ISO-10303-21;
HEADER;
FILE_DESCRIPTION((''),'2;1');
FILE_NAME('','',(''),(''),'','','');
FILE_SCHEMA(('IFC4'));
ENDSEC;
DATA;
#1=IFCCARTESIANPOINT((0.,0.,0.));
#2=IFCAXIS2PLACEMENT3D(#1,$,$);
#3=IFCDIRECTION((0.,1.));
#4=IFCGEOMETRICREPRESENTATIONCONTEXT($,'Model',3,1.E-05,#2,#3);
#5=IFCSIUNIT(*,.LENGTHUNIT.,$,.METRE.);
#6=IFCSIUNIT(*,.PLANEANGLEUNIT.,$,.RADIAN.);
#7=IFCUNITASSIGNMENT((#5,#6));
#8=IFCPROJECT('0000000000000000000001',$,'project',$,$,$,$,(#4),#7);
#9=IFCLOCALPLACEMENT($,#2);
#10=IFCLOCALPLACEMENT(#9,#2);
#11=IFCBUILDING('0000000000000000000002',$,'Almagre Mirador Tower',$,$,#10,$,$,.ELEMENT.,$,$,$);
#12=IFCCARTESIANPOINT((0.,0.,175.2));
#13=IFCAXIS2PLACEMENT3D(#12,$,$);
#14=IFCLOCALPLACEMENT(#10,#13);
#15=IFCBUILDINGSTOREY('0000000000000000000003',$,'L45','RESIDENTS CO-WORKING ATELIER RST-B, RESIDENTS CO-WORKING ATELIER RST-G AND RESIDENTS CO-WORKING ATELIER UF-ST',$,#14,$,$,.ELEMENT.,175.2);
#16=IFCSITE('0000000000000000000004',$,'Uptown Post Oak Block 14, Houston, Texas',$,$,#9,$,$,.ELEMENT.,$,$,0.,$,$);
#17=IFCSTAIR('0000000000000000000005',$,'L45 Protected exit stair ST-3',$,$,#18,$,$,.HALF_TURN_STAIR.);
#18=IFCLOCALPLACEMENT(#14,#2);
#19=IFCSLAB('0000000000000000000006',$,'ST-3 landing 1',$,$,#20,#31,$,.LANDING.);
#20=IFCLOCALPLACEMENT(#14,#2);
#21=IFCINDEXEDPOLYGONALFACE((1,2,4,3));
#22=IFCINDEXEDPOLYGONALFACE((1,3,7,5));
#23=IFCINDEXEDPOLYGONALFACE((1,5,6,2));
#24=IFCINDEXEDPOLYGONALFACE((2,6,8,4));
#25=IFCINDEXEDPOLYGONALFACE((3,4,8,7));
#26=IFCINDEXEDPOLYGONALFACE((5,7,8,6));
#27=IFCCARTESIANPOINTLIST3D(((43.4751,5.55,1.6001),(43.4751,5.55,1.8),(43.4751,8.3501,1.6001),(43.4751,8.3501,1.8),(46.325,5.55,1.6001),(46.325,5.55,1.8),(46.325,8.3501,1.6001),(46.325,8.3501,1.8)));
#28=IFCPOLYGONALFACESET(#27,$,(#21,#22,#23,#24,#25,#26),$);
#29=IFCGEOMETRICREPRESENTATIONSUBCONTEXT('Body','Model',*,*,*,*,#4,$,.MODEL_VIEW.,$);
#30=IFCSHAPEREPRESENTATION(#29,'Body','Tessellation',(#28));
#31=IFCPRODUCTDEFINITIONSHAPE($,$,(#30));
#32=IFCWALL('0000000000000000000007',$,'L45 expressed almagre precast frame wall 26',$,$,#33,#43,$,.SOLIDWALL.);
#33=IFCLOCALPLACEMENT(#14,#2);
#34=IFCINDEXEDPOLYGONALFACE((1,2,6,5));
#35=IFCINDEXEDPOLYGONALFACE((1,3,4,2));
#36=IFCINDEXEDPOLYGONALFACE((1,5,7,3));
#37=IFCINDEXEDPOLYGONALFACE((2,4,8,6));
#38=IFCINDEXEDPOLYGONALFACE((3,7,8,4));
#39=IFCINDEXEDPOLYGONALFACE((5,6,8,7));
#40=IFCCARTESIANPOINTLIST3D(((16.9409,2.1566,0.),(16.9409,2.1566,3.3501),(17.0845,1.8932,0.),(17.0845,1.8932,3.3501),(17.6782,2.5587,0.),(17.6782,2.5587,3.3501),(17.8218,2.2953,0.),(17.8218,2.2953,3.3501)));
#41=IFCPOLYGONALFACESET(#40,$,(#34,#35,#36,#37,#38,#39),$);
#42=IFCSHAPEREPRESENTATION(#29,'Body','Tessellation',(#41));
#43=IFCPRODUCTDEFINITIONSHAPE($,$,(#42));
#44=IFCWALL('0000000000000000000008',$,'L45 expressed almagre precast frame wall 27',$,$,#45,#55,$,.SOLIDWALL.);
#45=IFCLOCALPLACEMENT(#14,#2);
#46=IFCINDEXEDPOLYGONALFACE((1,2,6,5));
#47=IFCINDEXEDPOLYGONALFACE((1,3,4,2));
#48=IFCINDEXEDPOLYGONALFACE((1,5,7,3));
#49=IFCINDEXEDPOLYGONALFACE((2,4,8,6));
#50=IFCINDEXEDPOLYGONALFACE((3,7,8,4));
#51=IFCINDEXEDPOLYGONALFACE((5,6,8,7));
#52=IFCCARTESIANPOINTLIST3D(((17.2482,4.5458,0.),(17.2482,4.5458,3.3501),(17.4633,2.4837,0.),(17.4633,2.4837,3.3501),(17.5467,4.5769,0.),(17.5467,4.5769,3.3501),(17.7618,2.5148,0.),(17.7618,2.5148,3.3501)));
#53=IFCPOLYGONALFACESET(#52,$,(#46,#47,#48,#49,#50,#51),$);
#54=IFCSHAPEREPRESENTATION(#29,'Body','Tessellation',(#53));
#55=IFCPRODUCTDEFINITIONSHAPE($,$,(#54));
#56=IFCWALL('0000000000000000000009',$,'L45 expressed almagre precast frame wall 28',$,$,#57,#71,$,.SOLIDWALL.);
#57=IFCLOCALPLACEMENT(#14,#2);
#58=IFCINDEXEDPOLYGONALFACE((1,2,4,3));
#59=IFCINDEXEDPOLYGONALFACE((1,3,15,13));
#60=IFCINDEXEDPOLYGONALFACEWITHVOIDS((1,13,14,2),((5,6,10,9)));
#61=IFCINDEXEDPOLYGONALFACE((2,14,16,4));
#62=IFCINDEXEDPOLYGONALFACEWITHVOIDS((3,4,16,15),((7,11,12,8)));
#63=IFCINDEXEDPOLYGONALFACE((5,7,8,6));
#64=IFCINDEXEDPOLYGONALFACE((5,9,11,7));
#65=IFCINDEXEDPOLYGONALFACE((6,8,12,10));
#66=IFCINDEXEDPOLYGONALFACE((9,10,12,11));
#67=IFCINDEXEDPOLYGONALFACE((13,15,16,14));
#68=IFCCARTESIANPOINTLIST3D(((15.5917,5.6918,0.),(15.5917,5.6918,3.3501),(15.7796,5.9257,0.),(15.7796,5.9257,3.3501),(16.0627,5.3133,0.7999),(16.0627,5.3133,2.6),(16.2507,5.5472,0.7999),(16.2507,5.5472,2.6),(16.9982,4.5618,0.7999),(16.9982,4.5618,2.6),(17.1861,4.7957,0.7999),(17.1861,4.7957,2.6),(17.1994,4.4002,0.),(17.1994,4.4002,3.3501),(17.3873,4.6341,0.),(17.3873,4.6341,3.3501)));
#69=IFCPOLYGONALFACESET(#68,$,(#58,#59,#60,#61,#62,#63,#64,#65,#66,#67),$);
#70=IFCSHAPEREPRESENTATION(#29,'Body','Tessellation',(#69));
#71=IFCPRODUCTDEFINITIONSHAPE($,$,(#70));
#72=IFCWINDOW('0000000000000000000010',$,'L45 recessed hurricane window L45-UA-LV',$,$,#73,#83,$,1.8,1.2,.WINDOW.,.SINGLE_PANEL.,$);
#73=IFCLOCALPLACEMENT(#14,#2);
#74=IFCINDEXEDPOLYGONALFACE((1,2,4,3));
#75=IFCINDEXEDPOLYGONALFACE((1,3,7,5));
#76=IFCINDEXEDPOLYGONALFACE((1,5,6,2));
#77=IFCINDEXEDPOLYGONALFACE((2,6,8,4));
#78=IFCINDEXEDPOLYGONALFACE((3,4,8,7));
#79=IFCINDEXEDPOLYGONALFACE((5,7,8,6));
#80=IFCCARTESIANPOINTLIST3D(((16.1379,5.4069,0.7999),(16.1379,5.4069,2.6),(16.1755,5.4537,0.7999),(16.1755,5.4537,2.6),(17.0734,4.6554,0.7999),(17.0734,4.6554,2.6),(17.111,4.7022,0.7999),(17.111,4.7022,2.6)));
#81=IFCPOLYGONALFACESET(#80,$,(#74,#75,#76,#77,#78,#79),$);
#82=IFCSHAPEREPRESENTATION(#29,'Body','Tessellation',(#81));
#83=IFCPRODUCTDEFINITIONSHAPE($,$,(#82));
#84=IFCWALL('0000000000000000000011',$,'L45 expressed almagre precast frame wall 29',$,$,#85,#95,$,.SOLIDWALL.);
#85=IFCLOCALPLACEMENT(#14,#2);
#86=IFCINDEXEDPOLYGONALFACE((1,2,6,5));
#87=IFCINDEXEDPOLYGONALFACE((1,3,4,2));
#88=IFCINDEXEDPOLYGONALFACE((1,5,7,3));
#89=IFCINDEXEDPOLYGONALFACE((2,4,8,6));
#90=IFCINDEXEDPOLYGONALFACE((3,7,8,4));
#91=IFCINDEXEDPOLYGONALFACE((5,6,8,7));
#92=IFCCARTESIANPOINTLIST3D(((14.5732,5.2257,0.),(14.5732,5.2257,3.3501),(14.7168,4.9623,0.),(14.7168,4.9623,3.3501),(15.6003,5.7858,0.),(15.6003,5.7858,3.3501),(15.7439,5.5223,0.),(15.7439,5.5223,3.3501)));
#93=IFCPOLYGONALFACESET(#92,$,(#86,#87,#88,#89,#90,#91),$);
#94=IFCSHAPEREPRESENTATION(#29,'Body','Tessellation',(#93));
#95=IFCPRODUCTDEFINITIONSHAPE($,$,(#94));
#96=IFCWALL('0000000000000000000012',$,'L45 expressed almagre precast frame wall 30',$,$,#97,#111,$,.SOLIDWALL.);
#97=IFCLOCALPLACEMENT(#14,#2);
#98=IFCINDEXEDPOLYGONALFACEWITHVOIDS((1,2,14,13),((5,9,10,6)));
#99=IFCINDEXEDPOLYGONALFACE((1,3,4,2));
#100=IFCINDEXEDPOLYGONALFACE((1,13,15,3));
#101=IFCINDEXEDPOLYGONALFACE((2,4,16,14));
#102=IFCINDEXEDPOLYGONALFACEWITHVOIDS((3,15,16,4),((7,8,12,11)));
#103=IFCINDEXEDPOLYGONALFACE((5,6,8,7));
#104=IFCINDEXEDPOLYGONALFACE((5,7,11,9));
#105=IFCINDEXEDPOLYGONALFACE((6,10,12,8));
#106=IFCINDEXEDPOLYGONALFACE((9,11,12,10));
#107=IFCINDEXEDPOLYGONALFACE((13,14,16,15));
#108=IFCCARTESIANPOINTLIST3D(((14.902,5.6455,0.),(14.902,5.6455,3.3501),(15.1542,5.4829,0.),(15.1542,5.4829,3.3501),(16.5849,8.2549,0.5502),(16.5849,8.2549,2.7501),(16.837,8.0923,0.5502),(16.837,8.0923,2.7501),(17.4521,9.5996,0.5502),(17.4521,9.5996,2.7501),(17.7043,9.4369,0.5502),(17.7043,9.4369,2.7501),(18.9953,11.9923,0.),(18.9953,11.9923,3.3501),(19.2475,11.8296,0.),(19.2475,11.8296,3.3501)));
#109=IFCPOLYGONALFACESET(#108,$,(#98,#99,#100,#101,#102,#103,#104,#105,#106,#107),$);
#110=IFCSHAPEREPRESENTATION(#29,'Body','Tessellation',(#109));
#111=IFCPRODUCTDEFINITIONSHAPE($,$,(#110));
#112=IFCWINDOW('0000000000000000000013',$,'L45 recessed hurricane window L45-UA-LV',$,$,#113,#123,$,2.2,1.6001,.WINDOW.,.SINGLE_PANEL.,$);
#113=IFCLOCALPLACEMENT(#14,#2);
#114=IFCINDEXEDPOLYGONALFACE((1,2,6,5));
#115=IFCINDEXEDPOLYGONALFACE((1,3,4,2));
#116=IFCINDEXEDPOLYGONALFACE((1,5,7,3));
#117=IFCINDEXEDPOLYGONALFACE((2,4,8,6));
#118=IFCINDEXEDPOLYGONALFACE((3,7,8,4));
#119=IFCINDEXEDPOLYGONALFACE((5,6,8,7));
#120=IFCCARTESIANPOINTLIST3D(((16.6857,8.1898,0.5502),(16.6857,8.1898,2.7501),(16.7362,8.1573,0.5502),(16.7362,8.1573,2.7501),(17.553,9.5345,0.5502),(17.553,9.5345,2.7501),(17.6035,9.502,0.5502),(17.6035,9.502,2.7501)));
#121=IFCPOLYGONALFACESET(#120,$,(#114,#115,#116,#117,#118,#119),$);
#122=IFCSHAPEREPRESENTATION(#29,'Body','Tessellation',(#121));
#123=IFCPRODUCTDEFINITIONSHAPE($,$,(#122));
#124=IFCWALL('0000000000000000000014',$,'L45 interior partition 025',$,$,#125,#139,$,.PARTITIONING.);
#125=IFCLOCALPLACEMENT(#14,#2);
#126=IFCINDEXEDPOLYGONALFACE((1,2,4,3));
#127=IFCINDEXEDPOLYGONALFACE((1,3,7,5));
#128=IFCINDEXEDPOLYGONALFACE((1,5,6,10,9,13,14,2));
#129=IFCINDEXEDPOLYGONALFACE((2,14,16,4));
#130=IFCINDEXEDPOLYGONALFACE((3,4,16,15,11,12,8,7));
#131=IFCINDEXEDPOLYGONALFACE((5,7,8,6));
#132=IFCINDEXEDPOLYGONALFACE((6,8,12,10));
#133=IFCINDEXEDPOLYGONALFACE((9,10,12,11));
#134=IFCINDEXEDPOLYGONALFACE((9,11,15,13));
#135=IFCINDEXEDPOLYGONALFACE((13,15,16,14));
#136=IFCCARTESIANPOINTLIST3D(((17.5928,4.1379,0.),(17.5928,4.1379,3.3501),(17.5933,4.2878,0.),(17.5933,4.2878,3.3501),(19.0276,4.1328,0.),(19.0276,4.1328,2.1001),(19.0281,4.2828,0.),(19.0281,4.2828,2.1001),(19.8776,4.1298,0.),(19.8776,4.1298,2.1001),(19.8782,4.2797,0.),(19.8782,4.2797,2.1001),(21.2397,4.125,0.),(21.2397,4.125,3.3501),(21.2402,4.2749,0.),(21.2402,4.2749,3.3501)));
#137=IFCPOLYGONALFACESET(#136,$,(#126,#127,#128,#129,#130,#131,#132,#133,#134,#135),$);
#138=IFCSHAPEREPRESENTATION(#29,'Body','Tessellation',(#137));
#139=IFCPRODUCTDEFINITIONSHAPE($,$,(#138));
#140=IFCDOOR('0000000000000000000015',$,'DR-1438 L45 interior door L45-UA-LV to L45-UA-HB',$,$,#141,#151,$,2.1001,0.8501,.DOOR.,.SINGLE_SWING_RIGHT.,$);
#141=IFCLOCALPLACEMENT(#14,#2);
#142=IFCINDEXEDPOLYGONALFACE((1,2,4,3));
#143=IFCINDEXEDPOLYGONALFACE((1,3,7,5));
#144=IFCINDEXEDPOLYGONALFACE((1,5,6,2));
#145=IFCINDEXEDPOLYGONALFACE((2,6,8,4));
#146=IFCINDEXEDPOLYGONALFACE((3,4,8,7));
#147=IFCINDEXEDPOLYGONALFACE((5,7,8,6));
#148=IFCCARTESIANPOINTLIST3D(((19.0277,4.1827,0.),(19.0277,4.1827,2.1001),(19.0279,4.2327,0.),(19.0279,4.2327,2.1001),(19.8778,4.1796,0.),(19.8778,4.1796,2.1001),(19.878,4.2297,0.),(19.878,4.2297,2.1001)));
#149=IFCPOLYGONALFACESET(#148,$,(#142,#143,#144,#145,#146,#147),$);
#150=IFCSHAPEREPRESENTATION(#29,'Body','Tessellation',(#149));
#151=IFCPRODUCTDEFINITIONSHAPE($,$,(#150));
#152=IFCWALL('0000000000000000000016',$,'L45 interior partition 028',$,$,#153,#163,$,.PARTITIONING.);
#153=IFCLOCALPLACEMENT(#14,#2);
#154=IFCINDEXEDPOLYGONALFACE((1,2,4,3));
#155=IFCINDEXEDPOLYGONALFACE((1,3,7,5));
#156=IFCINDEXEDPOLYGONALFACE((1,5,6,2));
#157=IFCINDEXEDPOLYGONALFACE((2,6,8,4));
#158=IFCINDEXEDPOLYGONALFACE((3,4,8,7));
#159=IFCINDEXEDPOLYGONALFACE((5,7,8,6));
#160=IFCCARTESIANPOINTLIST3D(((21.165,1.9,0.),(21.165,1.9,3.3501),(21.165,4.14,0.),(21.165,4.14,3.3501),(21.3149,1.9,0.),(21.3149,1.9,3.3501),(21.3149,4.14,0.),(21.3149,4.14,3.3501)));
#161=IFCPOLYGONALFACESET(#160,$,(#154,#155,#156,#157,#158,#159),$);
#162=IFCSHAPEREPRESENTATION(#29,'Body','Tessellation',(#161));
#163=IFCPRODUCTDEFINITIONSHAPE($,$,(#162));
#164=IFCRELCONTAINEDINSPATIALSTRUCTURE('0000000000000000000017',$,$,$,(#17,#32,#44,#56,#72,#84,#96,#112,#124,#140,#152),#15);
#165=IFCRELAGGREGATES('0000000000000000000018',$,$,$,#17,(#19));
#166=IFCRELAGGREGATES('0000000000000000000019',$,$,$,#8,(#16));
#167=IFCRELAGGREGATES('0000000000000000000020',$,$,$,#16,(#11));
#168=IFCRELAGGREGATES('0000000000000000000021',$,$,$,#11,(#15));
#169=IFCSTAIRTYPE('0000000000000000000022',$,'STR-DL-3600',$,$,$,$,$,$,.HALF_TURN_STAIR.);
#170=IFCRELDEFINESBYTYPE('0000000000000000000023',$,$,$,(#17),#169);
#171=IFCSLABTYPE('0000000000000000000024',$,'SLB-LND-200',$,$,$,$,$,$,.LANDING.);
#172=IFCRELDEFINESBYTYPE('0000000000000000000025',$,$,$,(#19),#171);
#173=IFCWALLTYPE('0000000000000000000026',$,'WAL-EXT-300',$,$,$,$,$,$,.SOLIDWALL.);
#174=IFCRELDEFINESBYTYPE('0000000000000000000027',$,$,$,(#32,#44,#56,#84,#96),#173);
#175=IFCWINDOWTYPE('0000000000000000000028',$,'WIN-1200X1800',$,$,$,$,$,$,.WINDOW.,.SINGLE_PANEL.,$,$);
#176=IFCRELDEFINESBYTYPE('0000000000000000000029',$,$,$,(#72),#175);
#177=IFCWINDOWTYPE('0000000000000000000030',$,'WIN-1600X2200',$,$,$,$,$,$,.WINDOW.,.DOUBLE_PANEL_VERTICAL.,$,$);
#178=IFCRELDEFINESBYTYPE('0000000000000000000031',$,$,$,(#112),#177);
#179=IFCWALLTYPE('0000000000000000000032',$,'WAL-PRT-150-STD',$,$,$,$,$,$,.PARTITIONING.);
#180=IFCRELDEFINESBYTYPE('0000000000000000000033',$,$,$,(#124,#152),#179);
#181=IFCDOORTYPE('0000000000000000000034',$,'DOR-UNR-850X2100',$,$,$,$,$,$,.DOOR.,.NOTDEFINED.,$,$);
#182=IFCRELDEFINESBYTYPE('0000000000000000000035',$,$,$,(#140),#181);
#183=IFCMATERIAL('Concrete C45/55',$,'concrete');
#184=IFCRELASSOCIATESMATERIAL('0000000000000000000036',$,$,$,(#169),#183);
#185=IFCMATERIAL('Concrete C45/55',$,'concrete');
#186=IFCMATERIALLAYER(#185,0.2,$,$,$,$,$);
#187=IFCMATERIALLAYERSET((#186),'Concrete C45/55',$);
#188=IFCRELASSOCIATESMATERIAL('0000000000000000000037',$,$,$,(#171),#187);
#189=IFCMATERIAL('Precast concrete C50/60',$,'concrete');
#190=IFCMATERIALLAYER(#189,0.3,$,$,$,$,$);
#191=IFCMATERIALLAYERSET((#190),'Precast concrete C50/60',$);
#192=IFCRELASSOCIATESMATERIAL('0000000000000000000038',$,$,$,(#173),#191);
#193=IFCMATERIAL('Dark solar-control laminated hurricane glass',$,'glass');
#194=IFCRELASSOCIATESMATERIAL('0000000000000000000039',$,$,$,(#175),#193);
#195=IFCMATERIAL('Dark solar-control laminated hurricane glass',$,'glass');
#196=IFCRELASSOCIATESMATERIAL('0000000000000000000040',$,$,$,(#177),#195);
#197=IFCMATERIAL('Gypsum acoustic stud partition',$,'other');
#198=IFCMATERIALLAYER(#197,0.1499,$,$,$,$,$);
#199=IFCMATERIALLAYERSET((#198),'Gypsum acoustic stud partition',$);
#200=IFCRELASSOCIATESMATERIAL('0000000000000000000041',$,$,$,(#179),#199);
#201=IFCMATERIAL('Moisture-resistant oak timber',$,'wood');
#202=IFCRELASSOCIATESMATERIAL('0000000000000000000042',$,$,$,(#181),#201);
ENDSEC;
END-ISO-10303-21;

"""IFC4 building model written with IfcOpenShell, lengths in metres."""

from ifc_helpers import new_model, si_unit, direction, frame, frame_2d, origin, place, context, subcontext, project, spatial, polyline, rectangle, outline, extrude, material, layer, layer_set, type_object, element, fill, aggregate, save


model = new_model("IFC4")

# Units and contexts
model_context = context("Model", 3, precision=1e-05, world=origin(), true_north=direction((0.0, 1.0)))
body_context = subcontext(model_context, "Body", "Model", "MODEL_VIEW")
ifc_project = project(units=[si_unit("LENGTHUNIT", "METRE"), si_unit("PLANEANGLEUNIT", "RADIAN")], contexts=[model_context])

# Site, building, storey
site_placement = place(None, origin())
site = spatial("IfcSite", under=ifc_project, at=site_placement, Name="Uptown Post Oak Block 14, Houston, Texas", CompositionType="ELEMENT", RefElevation=0.0)
building_placement = place(site_placement, origin())
building = spatial("IfcBuilding", under=site, at=building_placement, Name="Almagre Mirador Tower", CompositionType="ELEMENT")
storey_placement = place(building_placement, frame((0.0, 0.0, 175.2)))
storey = spatial("IfcBuildingStorey", under=building, at=storey_placement, Name="L45", Description="RESIDENTS CO-WORKING ATELIER RST-B, RESIDENTS CO-WORKING ATELIER RST-G AND RESIDENTS CO-WORKING ATELIER UF-ST", CompositionType="ELEMENT", Elevation=175.2)

# Stair, slab
ifc_material_1 = material(Name="Concrete C45/55", Category="concrete")
stair_type = type_object("IfcStairType", Name="STR-DL-3600", PredefinedType="HALF_TURN_STAIR", material=ifc_material_1)
ifc_material_2 = material(Name="Concrete C45/55", Category="concrete")
ifc_layer_1 = layer(ifc_material_2, 0.2)
ifc_layer_set_1 = layer_set([ifc_layer_1], Name="Concrete C45/55")
slab_type_1 = type_object("IfcSlabType", Name="SLB-LND-200", PredefinedType="LANDING", material=ifc_layer_set_1)
stair_1_placement = place(storey_placement, origin())
stair_1 = element("IfcStair", 1, at=stair_1_placement, inside=storey, type_object=stair_type, Name="L45 Protected exit stair ST-3", PredefinedType="HALF_TURN_STAIR")
slab_1_placement = place(storey_placement, frame((0.0, 0.0, 1.6001)))
slab_1 = element("IfcSlab", 2, at=slab_1_placement, type_object=slab_type_1, Name="ST-3 landing 1", PredefinedType="LANDING", context=body_context, shape_type="SweptSolid", body=[
    extrude(outline(polyline([(43.4751, 8.3501), (43.4751, 5.55), (46.325, 5.55), (46.325, 8.3501), (43.4751, 8.3501)])), origin(), (0.0, 0.0, 1.0), 0.2),
])
aggregate(stair_1, [slab_1])

# Walls
ifc_material_3 = material(Name="Precast concrete C50/60", Category="concrete")
ifc_layer_2 = layer(ifc_material_3, 0.3)
ifc_layer_set_2 = layer_set([ifc_layer_2], Name="Precast concrete C50/60")
wall_type_1 = type_object("IfcWallType", Name="WAL-EXT-300", PredefinedType="SOLIDWALL", material=ifc_layer_set_2)
wall_1_placement = place(storey_placement, frame((17.0127, 2.0249, 0.0), z_axis=(0.0, 0.0, 1.0), x_axis=(0.877929, 0.478791, 0.0)))
element("IfcWall", 3, at=wall_1_placement, inside=storey, type_object=wall_type_1, Name="L45 expressed almagre precast frame wall 26", PredefinedType="SOLIDWALL", context=body_context, shape_type="SweptSolid", body=[
    extrude(rectangle(XDim=0.8398, YDim=0.3, at=frame_2d((0.4199, 0.0))), origin(), (0.0, 0.0, 1.0), 3.3501),
])
wall_2_placement = place(storey_placement, frame((17.6125, 2.4993, 0.0), z_axis=(0.0, 0.0, 1.0), x_axis=(-0.103747, 0.994604, 0.0)))
element("IfcWall", 4, at=wall_2_placement, inside=storey, type_object=wall_type_1, Name="L45 expressed almagre precast frame wall 27", PredefinedType="SOLIDWALL", context=body_context, shape_type="SweptSolid", body=[
    extrude(rectangle(XDim=2.0732, YDim=0.3, at=frame_2d((1.0366, 0.0))), origin(), (0.0, 0.0, 1.0), 3.3501),
])

# Wall, opening, window
wall_3_placement = place(storey_placement, frame((17.2935, 4.5171, 0.0), z_axis=(0.0, 0.0, 1.0), x_axis=(-0.779597, 0.626282, 0.0)))
wall_3 = element("IfcWall", 5, at=wall_3_placement, inside=storey, type_object=wall_type_1, Name="L45 expressed almagre precast frame wall 28", PredefinedType="SOLIDWALL", context=body_context, shape_type="SweptSolid", body=[
    extrude(rectangle(XDim=2.0623, YDim=0.3, at=frame_2d((1.0312, 0.0))), origin(), (0.0, 0.0, 1.0), 3.3501),
])
opening_1_placement = place(wall_3_placement, frame((0.2581, 0.0, 0.8)))
opening_1 = element("IfcOpeningElement", 6, at=opening_1_placement, cuts=wall_3, PredefinedType="OPENING", context=body_context, shape_type="SweptSolid", body=[
    extrude(rectangle(XDim=1.2, YDim=1.8, at=frame_2d((0.6001, 0.8999))), frame((0.0, 0.1599, 0.0), z_axis=(0.0, -1.0, 0.0), x_axis=(1.0, 0.0, 0.0)), (0.0, 0.0, 1.0), 0.32),
])
ifc_material_4 = material(Name="Dark solar-control laminated hurricane glass", Category="glass")
window_type_1 = type_object("IfcWindowType", Name="WIN-1200X1800", PartitioningType="SINGLE_PANEL", PredefinedType="WINDOW", material=ifc_material_4)
window_1_placement = place(opening_1_placement, origin())
window_1 = element("IfcWindow", 7, at=window_1_placement, inside=storey, type_object=window_type_1, Name="L45 recessed hurricane window L45-UA-LV", OverallHeight=1.8, OverallWidth=1.2, PartitioningType="SINGLE_PANEL", PredefinedType="WINDOW", context=body_context, shape_type="SweptSolid", body=[
    extrude(rectangle(XDim=1.2, YDim=1.8, at=frame_2d((0.6001, 0.8999))), frame((0.0, 0.03, 0.0), z_axis=(0.0, -1.0, 0.0), x_axis=(1.0, 0.0, 0.0)), (0.0, 0.0, 1.0), 0.0601),
])
fill(opening_1, window_1)

# Wall
wall_4_placement = place(storey_placement, frame((15.6721, 5.6541, 0.0), z_axis=(0.0, 0.0, 1.0), x_axis=(-0.877959, -0.478735, 0.0)))
element("IfcWall", 8, at=wall_4_placement, inside=storey, type_object=wall_type_1, Name="L45 expressed almagre precast frame wall 29", PredefinedType="SOLIDWALL", context=body_context, shape_type="SweptSolid", body=[
    extrude(rectangle(XDim=1.1699, YDim=0.3, at=frame_2d((0.585, 0.0))), origin(), (0.0, 0.0, 1.0), 3.3501),
])

# Wall, opening, window
wall_5_placement = place(storey_placement, frame((15.0281, 5.5642, 0.0), z_axis=(0.0, 0.0, 1.0), x_axis=(0.541999, 0.840379, 0.0)))
wall_5 = element("IfcWall", 9, at=wall_5_placement, inside=storey, type_object=wall_type_1, Name="L45 expressed almagre precast frame wall 30", PredefinedType="SOLIDWALL", context=body_context, shape_type="SweptSolid", body=[
    extrude(rectangle(XDim=7.5522, YDim=0.3, at=frame_2d((3.7761, 0.0))), origin(), (0.0, 0.0, 1.0), 3.3501),
])
opening_2_placement = place(wall_5_placement, frame((3.105, 0.0, 0.55)))
opening_2 = element("IfcOpeningElement", 10, at=opening_2_placement, cuts=wall_5, PredefinedType="OPENING", context=body_context, shape_type="SweptSolid", body=[
    extrude(rectangle(XDim=1.6001, YDim=2.2, at=frame_2d((0.8, 1.1001))), frame((0.0, 0.1599, 0.0), z_axis=(0.0, -1.0, 0.0), x_axis=(1.0, 0.0, 0.0)), (0.0, 0.0, 1.0), 0.32),
])
ifc_material_5 = material(Name="Dark solar-control laminated hurricane glass", Category="glass")
window_type_2 = type_object("IfcWindowType", Name="WIN-1600X2200", PartitioningType="DOUBLE_PANEL_VERTICAL", PredefinedType="WINDOW", material=ifc_material_5)
window_2_placement = place(opening_2_placement, origin())
window_2 = element("IfcWindow", 11, at=window_2_placement, inside=storey, type_object=window_type_2, Name="L45 recessed hurricane window L45-UA-LV", OverallHeight=2.2, OverallWidth=1.6001, PartitioningType="SINGLE_PANEL", PredefinedType="WINDOW", context=body_context, shape_type="SweptSolid", body=[
    extrude(rectangle(XDim=1.6001, YDim=2.2, at=frame_2d((0.8, 1.1001))), frame((0.0, 0.03, 0.0), z_axis=(0.0, -1.0, 0.0), x_axis=(1.0, 0.0, 0.0)), (0.0, 0.0, 1.0), 0.0601),
])
fill(opening_2, window_2)

# Wall, opening, door
ifc_material_6 = material(Name="Gypsum acoustic stud partition", Category="other")
ifc_layer_3 = layer(ifc_material_6, 0.1499)
ifc_layer_set_3 = layer_set([ifc_layer_3], Name="Gypsum acoustic stud partition")
wall_type_2 = type_object("IfcWallType", Name="WAL-PRT-150-STD", PredefinedType="PARTITIONING", material=ifc_layer_set_3)
wall_6_placement = place(storey_placement, frame((17.593, 4.2129, 0.0), z_axis=(0.0, 0.0, 1.0), x_axis=(0.999994, -0.003548, 0.0)))
wall_6 = element("IfcWall", 12, at=wall_6_placement, inside=storey, type_object=wall_type_2, Name="L45 interior partition 025", PredefinedType="PARTITIONING", context=body_context, shape_type="SweptSolid", body=[
    extrude(rectangle(XDim=3.647, YDim=0.1499, at=frame_2d((1.8235, 0.0))), origin(), (0.0, 0.0, 1.0), 3.3501),
])
opening_3_placement = place(wall_6_placement, frame((1.4348, 0.0, 0.0)))
opening_3 = element("IfcOpeningElement", 13, at=opening_3_placement, cuts=wall_6, PredefinedType="OPENING", context=body_context, shape_type="SweptSolid", body=[
    extrude(rectangle(XDim=0.8501, YDim=2.1001, at=frame_2d((0.425, 1.05))), frame((0.0, 0.085, 0.0), z_axis=(0.0, -1.0, 0.0), x_axis=(1.0, 0.0, 0.0)), (0.0, 0.0, 1.0), 0.1699),
])
ifc_material_7 = material(Name="Moisture-resistant oak timber", Category="wood")
door_type = type_object("IfcDoorType", Name="DOR-UNR-850X2100", OperationType="NOTDEFINED", PredefinedType="DOOR", material=ifc_material_7)
door_placement = place(opening_3_placement, origin())
door = element("IfcDoor", 14, at=door_placement, inside=storey, type_object=door_type, Name="DR-1438 L45 interior door L45-UA-LV to L45-UA-HB", OperationType="SINGLE_SWING_RIGHT", OverallHeight=2.1001, OverallWidth=0.8501, PredefinedType="DOOR", context=body_context, shape_type="SweptSolid", body=[
    extrude(rectangle(XDim=0.8501, YDim=2.1001, at=frame_2d((0.425, 1.05))), frame((0.0, 0.0249, 0.0), z_axis=(0.0, -1.0, 0.0), x_axis=(1.0, 0.0, 0.0)), (0.0, 0.0, 1.0), 0.05),
])
fill(opening_3, door)

# Wall
wall_7_placement = place(storey_placement, frame((21.24, 1.8999, 0.0), z_axis=(0.0, 0.0, 1.0), x_axis=(0.0, 1.0, 0.0)))
element("IfcWall", 15, at=wall_7_placement, inside=storey, type_object=wall_type_2, Name="L45 interior partition 028", PredefinedType="PARTITIONING", context=body_context, shape_type="SweptSolid", body=[
    extrude(rectangle(XDim=2.24, YDim=0.1499, at=frame_2d((1.1201, 0.0))), origin(), (0.0, 0.0, 1.0), 3.3501),
])

save(model, "model.ifc")
